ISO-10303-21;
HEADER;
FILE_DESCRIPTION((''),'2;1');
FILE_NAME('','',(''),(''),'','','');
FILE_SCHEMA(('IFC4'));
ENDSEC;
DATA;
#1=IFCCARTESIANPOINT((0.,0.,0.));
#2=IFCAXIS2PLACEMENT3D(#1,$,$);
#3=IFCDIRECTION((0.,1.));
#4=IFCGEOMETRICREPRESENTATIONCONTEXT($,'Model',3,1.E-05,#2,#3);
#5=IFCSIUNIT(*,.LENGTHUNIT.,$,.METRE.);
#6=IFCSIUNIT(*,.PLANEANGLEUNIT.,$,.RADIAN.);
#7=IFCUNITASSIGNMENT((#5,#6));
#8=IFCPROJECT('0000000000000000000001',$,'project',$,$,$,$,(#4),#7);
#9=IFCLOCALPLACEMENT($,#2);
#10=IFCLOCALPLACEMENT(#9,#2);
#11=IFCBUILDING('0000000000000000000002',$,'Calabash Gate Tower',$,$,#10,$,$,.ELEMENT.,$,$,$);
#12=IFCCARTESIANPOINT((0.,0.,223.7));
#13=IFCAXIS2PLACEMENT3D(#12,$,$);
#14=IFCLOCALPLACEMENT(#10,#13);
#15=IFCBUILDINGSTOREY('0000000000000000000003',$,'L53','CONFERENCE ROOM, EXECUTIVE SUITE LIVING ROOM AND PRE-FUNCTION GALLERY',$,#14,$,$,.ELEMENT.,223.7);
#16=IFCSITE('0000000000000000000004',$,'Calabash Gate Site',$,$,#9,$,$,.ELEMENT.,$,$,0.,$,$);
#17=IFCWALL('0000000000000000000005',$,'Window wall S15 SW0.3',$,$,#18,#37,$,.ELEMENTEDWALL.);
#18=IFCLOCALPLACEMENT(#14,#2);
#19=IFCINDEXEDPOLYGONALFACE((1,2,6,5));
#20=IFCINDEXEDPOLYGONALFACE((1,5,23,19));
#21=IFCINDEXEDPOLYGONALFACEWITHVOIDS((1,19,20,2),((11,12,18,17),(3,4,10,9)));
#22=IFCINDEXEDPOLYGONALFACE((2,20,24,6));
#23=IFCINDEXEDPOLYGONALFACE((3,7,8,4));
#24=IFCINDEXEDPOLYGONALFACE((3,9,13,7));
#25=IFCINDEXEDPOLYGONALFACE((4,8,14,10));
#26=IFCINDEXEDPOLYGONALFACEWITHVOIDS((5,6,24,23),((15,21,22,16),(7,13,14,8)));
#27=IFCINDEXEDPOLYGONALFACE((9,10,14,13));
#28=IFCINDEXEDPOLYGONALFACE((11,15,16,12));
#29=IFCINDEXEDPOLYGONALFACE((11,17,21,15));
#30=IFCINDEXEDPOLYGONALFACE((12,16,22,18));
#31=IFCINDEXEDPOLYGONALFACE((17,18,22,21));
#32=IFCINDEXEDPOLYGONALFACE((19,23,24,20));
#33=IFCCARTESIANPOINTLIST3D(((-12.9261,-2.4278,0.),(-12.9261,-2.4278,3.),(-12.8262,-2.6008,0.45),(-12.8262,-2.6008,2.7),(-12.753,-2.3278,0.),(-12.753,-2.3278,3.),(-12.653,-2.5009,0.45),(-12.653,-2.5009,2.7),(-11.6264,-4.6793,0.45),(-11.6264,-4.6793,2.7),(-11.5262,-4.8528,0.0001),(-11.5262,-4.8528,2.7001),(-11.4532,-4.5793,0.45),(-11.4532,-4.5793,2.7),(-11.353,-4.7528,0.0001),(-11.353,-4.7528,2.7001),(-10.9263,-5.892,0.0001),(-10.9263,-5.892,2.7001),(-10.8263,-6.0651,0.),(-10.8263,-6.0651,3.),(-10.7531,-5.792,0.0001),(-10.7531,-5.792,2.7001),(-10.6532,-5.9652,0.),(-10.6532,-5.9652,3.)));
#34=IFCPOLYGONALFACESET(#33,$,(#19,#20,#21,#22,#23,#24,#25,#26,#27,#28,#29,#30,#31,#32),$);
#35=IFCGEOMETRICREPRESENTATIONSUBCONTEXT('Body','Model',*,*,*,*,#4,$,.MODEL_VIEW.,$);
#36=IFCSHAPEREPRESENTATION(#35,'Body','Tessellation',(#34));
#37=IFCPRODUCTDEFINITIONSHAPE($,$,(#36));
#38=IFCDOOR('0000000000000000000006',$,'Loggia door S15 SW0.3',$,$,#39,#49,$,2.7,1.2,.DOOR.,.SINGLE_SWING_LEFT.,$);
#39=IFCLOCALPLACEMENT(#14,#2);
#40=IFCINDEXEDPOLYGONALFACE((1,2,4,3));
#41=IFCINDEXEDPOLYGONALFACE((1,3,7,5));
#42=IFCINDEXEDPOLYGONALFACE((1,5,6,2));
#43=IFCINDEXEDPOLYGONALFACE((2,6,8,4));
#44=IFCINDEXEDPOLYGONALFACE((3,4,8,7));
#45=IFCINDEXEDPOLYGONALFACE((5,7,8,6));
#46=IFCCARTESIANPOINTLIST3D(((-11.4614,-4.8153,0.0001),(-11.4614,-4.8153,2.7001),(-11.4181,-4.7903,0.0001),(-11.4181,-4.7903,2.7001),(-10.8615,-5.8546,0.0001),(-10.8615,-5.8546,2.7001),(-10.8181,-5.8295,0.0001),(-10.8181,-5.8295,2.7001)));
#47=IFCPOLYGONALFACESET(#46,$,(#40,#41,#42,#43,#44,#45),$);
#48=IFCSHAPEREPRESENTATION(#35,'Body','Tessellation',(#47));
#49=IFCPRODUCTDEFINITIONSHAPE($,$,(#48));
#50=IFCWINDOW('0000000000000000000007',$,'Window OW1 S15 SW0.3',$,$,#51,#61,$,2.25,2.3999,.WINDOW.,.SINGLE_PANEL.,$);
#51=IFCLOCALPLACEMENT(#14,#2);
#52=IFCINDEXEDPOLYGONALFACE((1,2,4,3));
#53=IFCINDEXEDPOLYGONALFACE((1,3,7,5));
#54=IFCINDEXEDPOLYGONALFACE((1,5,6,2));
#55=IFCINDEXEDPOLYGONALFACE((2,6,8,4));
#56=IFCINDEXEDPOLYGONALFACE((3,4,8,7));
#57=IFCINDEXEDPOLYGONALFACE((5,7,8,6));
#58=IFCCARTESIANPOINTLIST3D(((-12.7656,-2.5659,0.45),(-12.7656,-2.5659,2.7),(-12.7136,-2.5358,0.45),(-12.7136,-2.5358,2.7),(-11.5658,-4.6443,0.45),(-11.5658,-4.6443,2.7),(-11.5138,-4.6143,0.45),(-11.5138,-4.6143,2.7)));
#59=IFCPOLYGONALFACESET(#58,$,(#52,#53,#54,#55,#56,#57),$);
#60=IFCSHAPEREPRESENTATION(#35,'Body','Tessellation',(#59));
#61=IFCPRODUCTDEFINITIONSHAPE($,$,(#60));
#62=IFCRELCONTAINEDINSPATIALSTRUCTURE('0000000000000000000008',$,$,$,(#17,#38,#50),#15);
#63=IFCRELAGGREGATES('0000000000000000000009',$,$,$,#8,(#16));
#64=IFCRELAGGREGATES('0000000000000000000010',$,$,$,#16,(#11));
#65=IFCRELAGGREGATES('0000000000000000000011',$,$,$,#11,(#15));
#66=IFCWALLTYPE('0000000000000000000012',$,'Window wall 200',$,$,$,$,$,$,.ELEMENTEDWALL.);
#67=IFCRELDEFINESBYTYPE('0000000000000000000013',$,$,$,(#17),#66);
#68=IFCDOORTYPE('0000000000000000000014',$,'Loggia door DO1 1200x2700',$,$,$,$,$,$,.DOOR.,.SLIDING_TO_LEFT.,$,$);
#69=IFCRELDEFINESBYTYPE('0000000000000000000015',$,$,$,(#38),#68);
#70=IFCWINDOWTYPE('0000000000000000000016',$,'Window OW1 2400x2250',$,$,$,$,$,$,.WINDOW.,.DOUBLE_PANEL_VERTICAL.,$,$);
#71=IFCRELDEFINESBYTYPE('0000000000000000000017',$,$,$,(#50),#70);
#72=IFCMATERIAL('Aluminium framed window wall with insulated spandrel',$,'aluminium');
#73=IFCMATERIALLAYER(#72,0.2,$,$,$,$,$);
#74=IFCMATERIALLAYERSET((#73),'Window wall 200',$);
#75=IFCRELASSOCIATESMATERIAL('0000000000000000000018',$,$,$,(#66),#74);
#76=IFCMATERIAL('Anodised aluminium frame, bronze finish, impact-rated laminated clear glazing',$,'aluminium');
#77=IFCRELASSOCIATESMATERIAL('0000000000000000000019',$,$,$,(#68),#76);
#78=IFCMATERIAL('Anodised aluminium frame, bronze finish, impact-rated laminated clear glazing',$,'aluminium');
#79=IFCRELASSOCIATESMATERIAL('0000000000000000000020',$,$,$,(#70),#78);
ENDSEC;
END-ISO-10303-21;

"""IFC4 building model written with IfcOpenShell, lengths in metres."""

from ifc_helpers import new_model, si_unit, direction, frame, frame_2d, origin, place, context, subcontext, project, spatial, rectangle, extrude, material, layer, layer_set, type_object, element, fill, save


model = new_model("IFC4")

# Units and contexts
model_context = context("Model", 3, precision=1e-05, world=origin(), true_north=direction((0.0, 1.0)))
body_context = subcontext(model_context, "Body", "Model", "MODEL_VIEW")
ifc_project = project(units=[si_unit("LENGTHUNIT", "METRE"), si_unit("PLANEANGLEUNIT", "RADIAN")], contexts=[model_context])

# Site, building, storey
site_placement = place(None, origin())
site = spatial("IfcSite", under=ifc_project, at=site_placement, Name="Calabash Gate Site", CompositionType="ELEMENT", RefElevation=0.0)
building_placement = place(site_placement, origin())
building = spatial("IfcBuilding", under=site, at=building_placement, Name="Calabash Gate Tower", CompositionType="ELEMENT")
storey_placement = place(building_placement, frame((0.0, 0.0, 223.7)))
storey = spatial("IfcBuildingStorey", under=building, at=storey_placement, Name="L53", Description="CONFERENCE ROOM, EXECUTIVE SUITE LIVING ROOM AND PRE-FUNCTION GALLERY", CompositionType="ELEMENT", Elevation=223.7)

# Shared definitions
ifc_material_1 = material(Name="Aluminium framed window wall with insulated spandrel", Category="aluminium")
ifc_layer_1 = layer(ifc_material_1, 0.2)
ifc_layer_set_1 = layer_set([ifc_layer_1], Name="Window wall 200")
wall_type_1 = type_object("IfcWallType", Name="Window wall 200", PredefinedType="ELEMENTEDWALL", material=ifc_layer_set_1)
ifc_material_2 = material(Name="Anodised aluminium frame, bronze finish, impact-rated laminated clear glazing", Category="aluminium")
door_type_1 = type_object("IfcDoorType", Name="Loggia door DO1 1200x2700", OperationType="SLIDING_TO_LEFT", PredefinedType="DOOR", material=ifc_material_2)
ifc_material_3 = material(Name="Anodised aluminium frame, bronze finish, impact-rated laminated clear glazing", Category="aluminium")
window_type_1 = type_object("IfcWindowType", Name="Window OW1 2400x2250", PartitioningType="DOUBLE_PANEL_VERTICAL", PredefinedType="WINDOW", material=ifc_material_3)

# Wall, openings, door, window
wall_1_placement = place(storey_placement, frame((-12.8396, -2.3777, 0.0), z_axis=(0.0, 0.0, 1.0), x_axis=(0.499959, -0.866049, 0.0)))
wall_1 = element("IfcWall", 1, at=wall_1_placement, inside=storey, type_object=wall_type_1, Name="Window wall S15 SW0.3", PredefinedType="ELEMENTEDWALL", context=body_context, shape_type="SweptSolid", body=[
    extrude(rectangle(XDim=4.2, YDim=0.2, at=frame_2d((2.1001, 0.0))), origin(), (0.0, 0.0, 1.0), 3.0),
])
opening_1_placement = place(wall_1_placement, frame((0.2, 0.0, 0.45)))
opening_1 = element("IfcOpeningElement", 2, at=opening_1_placement, cuts=wall_1, PredefinedType="OPENING", context=body_context, shape_type="SweptSolid", body=[
    extrude(rectangle(XDim=2.3999, YDim=2.25, at=frame_2d((1.2, 1.125))), frame((0.0, 0.1099, 0.0), z_axis=(0.0, -1.0, 0.0), x_axis=(1.0, 0.0, 0.0)), (0.0, 0.0, 1.0), 0.22),
])
opening_2_placement = place(wall_1_placement, frame((2.8, 0.0, 0.0)))
opening_2 = element("IfcOpeningElement", 3, at=opening_2_placement, cuts=wall_1, PredefinedType="OPENING", context=body_context, shape_type="SweptSolid", body=[
    extrude(rectangle(XDim=1.2, YDim=2.7, at=frame_2d((0.6001, 1.3501))), frame((0.0, 0.1099, 0.0), z_axis=(0.0, -1.0, 0.0), x_axis=(1.0, 0.0, 0.0)), (0.0, 0.0, 1.0), 0.22),
])
door_1_placement = place(opening_2_placement, origin())
door_1 = element("IfcDoor", 4, at=door_1_placement, inside=storey, type_object=door_type_1, Name="Loggia door S15 SW0.3", OperationType="SINGLE_SWING_LEFT", OverallHeight=2.7, OverallWidth=1.2, PredefinedType="DOOR", context=body_context, shape_type="SweptSolid", body=[
    extrude(rectangle(XDim=1.2, YDim=2.7, at=frame_2d((0.6001, 1.3501))), frame((0.0, 0.0249, 0.0), z_axis=(0.0, -1.0, 0.0), x_axis=(1.0, 0.0, 0.0)), (0.0, 0.0, 1.0), 0.05),
])
fill(opening_2, door_1)
window_1_placement = place(opening_1_placement, origin())
window_1 = element("IfcWindow", 5, at=window_1_placement, inside=storey, type_object=window_type_1, Name="Window OW1 S15 SW0.3", OverallHeight=2.25, OverallWidth=2.3999, PartitioningType="SINGLE_PANEL", PredefinedType="WINDOW", context=body_context, shape_type="SweptSolid", body=[
    extrude(rectangle(XDim=2.3999, YDim=2.25, at=frame_2d((1.2, 1.125))), frame((0.0, 0.03, 0.0), z_axis=(0.0, -1.0, 0.0), x_axis=(1.0, 0.0, 0.0)), (0.0, 0.0, 1.0), 0.0601),
])
fill(opening_1, window_1)

save(model, "model.ifc")
